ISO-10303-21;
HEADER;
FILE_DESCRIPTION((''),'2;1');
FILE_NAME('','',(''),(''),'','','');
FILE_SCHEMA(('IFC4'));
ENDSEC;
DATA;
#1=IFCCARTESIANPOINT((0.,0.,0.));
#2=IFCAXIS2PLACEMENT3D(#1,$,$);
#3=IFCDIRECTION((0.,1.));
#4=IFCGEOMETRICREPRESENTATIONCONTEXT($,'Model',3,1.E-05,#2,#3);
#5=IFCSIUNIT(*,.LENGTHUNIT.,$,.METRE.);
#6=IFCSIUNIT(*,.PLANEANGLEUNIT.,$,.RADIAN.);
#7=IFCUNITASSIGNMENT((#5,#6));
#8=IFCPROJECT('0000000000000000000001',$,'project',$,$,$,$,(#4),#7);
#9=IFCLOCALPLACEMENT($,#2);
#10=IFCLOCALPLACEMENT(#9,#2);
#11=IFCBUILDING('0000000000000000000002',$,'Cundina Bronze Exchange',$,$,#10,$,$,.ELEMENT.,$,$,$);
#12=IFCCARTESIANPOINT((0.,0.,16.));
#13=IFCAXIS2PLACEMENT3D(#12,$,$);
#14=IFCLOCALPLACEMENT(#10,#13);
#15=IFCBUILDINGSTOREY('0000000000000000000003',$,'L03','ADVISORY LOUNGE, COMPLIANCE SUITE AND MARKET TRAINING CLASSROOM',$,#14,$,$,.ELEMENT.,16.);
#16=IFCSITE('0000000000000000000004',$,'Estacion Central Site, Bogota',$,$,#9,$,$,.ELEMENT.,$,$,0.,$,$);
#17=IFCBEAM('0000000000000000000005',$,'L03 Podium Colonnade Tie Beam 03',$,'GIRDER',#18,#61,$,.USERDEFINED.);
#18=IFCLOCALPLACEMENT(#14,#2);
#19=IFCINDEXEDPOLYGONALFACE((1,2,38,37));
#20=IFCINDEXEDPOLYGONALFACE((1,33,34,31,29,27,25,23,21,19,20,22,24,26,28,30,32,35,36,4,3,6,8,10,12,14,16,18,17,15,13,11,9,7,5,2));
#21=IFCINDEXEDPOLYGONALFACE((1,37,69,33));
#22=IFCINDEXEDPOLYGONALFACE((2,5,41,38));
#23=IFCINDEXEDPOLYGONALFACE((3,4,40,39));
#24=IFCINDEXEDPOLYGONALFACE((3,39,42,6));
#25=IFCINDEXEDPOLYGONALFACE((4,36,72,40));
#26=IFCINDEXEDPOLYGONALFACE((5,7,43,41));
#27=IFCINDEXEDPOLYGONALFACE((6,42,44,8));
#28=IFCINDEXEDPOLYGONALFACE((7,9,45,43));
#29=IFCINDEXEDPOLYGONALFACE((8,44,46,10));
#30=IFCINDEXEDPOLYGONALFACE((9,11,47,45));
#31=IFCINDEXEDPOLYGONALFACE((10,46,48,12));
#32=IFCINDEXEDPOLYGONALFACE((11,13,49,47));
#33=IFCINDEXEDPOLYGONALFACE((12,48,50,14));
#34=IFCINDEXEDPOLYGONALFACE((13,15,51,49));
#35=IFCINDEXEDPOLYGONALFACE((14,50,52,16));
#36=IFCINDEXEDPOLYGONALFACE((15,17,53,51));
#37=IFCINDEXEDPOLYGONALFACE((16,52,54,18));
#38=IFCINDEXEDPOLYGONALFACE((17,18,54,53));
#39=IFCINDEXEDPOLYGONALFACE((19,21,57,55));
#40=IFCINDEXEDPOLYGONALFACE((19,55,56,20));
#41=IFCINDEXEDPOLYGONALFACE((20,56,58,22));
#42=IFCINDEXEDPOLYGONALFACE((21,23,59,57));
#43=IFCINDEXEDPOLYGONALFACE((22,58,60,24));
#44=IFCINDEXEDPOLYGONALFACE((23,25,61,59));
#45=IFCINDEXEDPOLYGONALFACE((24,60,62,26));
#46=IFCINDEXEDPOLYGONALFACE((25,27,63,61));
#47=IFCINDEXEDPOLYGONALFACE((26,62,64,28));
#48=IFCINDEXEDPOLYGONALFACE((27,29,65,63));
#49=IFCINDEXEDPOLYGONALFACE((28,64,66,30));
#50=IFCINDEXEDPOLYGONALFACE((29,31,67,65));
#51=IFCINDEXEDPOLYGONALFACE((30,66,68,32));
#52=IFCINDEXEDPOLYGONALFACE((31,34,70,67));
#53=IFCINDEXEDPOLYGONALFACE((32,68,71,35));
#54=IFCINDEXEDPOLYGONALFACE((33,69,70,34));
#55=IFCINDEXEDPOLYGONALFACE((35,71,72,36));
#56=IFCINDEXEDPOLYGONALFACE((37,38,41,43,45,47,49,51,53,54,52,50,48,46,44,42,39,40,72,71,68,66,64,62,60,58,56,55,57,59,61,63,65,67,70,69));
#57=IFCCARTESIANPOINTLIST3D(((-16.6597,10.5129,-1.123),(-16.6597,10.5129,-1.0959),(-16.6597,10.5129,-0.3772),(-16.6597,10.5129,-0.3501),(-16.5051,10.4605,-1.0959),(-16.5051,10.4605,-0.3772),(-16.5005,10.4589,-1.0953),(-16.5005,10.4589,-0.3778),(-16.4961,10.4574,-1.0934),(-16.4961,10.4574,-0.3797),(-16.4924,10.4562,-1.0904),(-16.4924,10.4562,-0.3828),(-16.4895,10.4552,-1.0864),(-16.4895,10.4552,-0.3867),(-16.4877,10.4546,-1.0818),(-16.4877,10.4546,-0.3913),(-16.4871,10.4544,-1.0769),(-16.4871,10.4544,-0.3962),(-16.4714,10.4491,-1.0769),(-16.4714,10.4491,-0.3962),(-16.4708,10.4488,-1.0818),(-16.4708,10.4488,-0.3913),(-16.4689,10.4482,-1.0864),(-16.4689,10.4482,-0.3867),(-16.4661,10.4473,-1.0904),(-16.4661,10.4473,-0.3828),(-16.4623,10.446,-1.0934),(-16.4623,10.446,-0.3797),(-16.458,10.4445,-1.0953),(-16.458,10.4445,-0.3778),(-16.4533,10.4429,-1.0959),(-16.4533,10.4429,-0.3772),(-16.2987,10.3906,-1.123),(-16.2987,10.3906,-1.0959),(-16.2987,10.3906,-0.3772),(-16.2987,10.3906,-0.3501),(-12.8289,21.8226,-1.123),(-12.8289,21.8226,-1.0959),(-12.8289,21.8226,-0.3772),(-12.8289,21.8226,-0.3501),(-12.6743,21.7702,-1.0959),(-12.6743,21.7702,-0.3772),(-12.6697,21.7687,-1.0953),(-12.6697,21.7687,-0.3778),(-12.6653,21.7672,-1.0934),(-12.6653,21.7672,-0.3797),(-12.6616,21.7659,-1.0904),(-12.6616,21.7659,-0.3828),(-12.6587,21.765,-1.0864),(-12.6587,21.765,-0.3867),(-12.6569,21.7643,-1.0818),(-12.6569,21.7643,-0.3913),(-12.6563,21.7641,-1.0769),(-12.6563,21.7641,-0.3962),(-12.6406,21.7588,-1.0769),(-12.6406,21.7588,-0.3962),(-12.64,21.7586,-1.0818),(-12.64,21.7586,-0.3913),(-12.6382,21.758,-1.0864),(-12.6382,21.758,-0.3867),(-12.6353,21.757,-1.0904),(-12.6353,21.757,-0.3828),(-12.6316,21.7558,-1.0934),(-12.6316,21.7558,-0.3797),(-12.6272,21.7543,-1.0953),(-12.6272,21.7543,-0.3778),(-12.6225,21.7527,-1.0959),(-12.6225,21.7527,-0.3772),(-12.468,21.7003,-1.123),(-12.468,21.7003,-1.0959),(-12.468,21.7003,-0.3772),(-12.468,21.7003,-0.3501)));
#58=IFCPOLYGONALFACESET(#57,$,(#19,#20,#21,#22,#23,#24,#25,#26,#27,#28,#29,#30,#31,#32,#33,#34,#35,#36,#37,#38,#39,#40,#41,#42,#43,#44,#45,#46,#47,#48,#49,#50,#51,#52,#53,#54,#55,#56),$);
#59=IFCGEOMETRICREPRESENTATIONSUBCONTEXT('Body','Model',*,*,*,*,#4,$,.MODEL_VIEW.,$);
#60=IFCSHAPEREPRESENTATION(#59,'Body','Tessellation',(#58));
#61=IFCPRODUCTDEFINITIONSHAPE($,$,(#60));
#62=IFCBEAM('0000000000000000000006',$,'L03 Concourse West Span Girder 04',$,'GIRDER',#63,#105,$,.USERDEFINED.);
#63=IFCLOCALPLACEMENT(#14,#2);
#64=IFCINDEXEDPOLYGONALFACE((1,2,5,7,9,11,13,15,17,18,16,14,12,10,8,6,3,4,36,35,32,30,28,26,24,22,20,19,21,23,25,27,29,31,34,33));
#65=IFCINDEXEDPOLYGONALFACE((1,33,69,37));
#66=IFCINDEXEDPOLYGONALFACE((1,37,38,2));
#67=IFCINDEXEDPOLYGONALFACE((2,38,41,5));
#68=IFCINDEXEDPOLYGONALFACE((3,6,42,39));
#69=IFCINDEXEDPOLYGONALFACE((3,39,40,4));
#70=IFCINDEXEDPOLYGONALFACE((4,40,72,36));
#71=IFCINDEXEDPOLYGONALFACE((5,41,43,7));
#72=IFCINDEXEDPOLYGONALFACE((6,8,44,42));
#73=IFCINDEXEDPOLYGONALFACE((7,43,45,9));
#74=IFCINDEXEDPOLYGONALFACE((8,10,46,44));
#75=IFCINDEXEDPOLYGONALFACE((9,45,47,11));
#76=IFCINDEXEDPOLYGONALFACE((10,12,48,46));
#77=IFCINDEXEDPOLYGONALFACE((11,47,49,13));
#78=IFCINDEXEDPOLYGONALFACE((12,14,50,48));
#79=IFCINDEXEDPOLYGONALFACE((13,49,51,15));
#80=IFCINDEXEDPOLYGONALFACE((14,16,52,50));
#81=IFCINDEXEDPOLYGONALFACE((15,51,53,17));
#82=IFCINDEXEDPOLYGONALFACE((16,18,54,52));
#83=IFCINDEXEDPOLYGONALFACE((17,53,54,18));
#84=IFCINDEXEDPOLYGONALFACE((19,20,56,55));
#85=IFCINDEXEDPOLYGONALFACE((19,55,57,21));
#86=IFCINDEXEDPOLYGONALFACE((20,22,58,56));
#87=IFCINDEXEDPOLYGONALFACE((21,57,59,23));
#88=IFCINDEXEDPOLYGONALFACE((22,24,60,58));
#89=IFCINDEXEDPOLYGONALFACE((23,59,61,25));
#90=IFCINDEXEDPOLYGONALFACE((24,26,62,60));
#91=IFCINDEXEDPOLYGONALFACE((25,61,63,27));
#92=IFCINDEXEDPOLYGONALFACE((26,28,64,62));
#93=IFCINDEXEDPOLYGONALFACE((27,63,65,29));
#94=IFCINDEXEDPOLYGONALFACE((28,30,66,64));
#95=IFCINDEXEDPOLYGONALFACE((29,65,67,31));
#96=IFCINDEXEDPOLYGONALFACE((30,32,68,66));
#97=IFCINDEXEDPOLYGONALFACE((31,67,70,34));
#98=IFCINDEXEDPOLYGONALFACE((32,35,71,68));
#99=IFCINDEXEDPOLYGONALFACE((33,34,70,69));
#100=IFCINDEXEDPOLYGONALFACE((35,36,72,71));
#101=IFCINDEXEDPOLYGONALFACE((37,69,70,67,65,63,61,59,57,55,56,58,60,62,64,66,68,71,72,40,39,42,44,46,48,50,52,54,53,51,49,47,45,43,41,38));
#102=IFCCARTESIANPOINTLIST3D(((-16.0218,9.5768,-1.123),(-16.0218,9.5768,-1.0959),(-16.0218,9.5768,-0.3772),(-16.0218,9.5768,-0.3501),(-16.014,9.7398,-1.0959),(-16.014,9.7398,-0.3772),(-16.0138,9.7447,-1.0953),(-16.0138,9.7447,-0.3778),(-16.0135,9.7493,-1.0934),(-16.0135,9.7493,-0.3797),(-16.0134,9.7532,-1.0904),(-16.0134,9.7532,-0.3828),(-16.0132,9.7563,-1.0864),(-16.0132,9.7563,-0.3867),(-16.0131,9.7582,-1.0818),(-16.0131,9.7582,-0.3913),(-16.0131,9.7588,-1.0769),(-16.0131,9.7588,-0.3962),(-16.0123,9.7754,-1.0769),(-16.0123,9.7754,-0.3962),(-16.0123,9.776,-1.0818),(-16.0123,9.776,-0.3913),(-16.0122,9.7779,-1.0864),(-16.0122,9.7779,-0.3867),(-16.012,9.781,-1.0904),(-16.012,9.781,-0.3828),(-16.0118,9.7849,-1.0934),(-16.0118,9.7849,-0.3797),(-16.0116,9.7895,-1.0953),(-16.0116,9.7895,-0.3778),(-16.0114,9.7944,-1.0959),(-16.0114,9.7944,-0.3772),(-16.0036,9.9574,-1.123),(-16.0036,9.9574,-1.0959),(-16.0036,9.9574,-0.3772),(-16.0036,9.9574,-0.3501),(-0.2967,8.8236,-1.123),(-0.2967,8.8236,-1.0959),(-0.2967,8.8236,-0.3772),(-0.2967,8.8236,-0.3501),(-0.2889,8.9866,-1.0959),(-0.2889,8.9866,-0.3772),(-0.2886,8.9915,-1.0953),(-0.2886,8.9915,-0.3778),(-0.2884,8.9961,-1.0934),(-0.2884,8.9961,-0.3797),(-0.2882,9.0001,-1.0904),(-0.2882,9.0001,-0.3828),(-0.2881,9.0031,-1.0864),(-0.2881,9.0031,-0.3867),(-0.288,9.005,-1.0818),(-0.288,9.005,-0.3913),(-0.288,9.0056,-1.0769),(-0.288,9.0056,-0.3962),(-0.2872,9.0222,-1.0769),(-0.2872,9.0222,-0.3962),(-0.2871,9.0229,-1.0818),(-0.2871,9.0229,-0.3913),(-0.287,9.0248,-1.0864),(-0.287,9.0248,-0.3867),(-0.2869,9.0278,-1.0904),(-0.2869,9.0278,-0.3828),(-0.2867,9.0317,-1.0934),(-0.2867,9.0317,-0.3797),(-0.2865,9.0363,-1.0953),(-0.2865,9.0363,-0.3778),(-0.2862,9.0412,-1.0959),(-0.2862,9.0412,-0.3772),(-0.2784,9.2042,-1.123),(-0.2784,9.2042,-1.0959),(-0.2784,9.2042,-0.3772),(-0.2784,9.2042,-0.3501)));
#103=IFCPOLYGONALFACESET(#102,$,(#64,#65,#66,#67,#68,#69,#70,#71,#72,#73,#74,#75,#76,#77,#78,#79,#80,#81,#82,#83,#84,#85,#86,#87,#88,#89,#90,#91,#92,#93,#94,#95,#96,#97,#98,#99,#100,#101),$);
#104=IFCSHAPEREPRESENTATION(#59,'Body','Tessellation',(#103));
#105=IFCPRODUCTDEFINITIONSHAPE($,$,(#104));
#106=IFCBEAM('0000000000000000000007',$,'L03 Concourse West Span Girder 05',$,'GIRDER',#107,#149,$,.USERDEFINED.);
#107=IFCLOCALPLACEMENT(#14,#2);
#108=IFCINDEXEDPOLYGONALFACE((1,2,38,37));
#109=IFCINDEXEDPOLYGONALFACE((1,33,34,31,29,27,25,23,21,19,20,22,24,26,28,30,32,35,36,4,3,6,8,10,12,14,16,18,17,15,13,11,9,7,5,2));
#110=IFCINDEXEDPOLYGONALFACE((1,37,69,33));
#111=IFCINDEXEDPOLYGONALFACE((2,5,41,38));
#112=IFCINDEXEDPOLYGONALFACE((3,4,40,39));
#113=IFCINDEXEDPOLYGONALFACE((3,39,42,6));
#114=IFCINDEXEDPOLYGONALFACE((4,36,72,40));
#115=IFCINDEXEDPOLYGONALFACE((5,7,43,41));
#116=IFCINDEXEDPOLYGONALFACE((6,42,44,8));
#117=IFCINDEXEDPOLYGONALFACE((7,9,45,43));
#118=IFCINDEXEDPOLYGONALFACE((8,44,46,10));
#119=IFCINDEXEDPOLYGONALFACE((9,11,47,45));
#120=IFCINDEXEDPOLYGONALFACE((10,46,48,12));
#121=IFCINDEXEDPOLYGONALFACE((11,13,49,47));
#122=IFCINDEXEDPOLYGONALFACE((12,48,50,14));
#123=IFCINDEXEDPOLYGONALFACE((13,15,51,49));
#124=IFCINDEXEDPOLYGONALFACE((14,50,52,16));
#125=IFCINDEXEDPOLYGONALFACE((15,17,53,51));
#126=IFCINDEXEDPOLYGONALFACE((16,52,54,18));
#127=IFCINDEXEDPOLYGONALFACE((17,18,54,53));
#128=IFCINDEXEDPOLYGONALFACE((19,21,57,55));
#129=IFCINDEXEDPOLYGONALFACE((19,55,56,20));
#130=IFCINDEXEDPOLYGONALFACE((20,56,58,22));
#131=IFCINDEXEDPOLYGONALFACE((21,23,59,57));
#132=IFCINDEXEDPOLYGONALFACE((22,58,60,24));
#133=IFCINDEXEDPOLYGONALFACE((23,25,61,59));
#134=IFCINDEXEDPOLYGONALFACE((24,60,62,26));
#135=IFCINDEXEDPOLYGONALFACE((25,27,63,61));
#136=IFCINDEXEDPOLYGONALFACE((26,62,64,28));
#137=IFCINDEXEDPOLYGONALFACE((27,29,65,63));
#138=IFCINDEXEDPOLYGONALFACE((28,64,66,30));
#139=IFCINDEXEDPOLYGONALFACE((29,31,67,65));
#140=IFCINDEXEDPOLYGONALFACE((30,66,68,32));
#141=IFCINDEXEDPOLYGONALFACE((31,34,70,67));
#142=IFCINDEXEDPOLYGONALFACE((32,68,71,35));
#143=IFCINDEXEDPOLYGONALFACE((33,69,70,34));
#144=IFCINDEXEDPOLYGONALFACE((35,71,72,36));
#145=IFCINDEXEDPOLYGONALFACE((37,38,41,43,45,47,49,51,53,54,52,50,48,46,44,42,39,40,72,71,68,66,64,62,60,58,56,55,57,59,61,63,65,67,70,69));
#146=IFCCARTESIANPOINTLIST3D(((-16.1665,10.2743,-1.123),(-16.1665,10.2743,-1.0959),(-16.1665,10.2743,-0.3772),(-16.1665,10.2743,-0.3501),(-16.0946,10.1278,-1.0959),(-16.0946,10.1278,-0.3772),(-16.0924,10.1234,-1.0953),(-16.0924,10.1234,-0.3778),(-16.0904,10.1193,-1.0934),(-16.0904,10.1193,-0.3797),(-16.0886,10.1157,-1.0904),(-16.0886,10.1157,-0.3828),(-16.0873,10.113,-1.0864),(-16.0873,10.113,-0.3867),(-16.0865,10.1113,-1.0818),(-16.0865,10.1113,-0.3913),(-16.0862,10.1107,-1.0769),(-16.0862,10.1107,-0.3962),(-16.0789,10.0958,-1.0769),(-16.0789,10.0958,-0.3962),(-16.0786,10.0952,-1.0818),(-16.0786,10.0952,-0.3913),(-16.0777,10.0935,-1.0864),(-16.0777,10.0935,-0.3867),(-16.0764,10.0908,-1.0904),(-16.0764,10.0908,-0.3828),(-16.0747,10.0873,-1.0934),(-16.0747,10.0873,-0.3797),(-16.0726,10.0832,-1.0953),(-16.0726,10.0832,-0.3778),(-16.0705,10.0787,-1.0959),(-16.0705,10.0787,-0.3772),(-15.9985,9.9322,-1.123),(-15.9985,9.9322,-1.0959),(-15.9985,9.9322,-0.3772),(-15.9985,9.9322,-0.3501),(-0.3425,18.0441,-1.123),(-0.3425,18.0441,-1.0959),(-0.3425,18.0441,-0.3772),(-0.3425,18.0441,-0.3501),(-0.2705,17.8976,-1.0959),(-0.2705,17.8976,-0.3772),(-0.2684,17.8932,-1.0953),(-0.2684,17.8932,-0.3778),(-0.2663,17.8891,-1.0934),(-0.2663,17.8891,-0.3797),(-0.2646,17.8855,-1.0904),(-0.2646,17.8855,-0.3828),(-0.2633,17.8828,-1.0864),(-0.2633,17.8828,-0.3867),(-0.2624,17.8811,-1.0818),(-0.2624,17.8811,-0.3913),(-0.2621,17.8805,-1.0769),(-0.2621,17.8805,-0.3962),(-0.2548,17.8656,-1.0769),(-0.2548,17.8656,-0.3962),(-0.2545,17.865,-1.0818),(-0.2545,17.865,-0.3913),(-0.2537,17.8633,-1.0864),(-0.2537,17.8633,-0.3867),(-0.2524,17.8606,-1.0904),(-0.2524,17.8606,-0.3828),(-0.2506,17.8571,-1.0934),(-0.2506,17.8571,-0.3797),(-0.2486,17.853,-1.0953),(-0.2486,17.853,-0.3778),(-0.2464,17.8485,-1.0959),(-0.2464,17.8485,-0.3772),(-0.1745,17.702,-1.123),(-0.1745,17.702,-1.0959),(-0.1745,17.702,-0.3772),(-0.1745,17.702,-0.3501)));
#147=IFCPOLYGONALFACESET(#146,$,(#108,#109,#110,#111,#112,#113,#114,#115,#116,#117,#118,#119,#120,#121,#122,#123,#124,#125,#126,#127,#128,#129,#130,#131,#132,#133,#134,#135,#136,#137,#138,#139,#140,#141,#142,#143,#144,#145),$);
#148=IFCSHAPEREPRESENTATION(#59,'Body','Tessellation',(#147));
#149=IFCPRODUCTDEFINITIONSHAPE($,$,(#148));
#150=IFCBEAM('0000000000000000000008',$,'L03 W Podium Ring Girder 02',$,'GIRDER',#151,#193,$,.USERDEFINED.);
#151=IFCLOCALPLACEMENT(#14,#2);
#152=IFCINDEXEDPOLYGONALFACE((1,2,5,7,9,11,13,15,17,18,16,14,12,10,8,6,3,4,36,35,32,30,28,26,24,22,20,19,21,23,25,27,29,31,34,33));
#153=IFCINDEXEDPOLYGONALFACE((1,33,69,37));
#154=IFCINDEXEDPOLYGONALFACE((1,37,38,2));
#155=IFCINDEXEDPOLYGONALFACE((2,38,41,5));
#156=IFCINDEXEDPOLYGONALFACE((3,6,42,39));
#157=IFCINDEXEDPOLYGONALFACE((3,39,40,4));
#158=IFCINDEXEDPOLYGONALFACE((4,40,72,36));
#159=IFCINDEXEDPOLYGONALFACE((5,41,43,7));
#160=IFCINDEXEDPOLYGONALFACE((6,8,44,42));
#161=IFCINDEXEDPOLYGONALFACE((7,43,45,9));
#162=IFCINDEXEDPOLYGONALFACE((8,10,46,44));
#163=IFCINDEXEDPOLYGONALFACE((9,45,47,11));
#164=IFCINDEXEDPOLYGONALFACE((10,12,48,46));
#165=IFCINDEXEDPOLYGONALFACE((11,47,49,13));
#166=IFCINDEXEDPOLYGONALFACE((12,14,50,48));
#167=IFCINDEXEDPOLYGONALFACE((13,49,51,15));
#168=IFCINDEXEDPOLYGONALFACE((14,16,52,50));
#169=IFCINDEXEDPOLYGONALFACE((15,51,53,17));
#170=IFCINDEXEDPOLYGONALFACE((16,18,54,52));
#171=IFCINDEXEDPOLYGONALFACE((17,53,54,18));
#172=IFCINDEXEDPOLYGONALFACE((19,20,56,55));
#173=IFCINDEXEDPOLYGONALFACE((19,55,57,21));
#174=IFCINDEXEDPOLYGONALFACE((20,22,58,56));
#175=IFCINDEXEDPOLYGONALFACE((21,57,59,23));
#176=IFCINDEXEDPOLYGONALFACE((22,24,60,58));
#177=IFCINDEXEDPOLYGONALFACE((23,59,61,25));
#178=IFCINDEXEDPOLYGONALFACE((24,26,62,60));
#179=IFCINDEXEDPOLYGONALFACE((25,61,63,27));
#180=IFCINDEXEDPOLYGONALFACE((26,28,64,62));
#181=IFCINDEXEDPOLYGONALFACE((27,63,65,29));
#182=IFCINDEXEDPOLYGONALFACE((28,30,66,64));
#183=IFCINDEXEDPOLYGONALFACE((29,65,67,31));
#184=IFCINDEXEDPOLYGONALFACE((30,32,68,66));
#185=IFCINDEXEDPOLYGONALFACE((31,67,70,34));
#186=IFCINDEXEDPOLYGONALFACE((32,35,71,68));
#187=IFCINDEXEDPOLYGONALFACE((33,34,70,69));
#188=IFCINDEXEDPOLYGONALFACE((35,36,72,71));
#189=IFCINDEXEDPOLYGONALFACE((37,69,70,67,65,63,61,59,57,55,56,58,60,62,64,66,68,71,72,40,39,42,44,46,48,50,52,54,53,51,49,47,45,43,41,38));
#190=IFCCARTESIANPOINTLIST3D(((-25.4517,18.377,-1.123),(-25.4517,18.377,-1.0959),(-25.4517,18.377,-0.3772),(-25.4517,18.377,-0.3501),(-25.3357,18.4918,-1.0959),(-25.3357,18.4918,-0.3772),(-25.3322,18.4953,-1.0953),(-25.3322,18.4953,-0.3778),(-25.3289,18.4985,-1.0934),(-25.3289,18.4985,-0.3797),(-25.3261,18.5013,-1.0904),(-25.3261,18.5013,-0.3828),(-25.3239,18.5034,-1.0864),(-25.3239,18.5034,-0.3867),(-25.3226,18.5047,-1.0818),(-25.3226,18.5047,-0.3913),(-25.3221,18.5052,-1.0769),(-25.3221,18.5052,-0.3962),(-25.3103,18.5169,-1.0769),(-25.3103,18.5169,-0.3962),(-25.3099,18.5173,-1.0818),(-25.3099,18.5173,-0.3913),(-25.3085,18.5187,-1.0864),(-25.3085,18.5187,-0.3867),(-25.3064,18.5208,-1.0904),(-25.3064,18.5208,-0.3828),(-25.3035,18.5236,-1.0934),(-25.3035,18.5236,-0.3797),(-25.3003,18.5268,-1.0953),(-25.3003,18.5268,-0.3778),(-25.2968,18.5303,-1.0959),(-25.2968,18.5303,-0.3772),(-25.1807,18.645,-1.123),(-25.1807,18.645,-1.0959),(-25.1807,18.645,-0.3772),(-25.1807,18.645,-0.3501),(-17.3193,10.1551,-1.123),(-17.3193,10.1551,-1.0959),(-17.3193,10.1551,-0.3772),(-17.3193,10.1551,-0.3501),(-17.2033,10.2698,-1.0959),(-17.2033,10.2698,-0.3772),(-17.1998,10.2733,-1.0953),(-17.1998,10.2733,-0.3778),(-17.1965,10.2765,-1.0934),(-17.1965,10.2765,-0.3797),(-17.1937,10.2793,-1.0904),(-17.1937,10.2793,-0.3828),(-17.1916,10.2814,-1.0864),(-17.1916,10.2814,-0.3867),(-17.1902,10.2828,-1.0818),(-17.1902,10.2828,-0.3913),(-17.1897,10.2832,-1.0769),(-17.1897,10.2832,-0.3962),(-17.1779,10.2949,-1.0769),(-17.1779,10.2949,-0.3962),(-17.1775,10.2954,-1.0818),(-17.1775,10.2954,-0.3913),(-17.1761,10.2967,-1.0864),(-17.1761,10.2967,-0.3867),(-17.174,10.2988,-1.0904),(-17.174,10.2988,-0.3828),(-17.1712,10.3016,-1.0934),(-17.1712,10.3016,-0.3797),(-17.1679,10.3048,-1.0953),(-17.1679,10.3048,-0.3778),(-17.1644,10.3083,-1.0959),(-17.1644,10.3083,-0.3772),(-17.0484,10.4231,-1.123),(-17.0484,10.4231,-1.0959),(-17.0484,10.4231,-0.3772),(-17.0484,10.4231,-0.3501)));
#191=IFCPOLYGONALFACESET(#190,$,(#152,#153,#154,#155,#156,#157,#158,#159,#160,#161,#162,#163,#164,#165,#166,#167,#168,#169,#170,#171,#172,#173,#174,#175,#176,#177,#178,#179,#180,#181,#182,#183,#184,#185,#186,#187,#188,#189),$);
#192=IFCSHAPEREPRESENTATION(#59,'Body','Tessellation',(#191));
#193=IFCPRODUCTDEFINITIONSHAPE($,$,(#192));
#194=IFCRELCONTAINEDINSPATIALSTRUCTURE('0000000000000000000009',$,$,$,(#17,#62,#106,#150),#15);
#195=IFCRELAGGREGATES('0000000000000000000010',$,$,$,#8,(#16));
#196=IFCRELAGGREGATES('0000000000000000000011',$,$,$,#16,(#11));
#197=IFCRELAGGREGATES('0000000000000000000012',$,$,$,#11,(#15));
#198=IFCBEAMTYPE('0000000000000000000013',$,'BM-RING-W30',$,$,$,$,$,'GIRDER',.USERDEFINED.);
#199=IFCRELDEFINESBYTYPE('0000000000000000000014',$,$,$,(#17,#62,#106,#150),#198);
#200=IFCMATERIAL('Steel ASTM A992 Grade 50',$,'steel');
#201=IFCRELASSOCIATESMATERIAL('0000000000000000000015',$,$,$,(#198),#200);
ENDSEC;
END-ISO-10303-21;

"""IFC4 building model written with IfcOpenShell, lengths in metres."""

from ifc_helpers import new_model, si_unit, direction, frame, origin, origin_2d, place, context, subcontext, project, spatial, i_section, extrude, material, material_profile, profile_set, type_object, element, save


model = new_model("IFC4")

# Units and contexts
model_context = context("Model", 3, precision=1e-05, world=origin(), true_north=direction((0.0, 1.0)))
body_context = subcontext(model_context, "Body", "Model", "MODEL_VIEW")
ifc_project = project(units=[si_unit("LENGTHUNIT", "METRE"), si_unit("PLANEANGLEUNIT", "RADIAN")], contexts=[model_context])

# Site, building, storey
site_placement = place(None, origin())
site = spatial("IfcSite", under=ifc_project, at=site_placement, Name="Estacion Central Site, Bogota", CompositionType="ELEMENT", RefElevation=0.0)
building_placement = place(site_placement, origin())
building = spatial("IfcBuilding", under=site, at=building_placement, Name="Cundina Bronze Exchange", CompositionType="ELEMENT")
storey_placement = place(building_placement, frame((0.0, 0.0, 16.0)))
storey = spatial("IfcBuildingStorey", under=building, at=storey_placement, Name="L03", Description="ADVISORY LOUNGE, COMPLIANCE SUITE AND MARKET TRAINING CLASSROOM", CompositionType="ELEMENT", Elevation=16.0)

# Shared definitions
ifc_material_1 = material(Name="Steel ASTM A992 Grade 50", Category="steel")

# Beams
ifc_material_profile_1 = material_profile(ifc_material_1, i_section(OverallWidth=0.3811, OverallDepth=0.7729, WebThickness=0.0166, FlangeThickness=0.0271, FilletRadius=0.019, at=origin_2d()), Name="W30X173", Category="steel")
ifc_profile_set_1 = profile_set([ifc_material_profile_1], Name="Steel ASTM A992 Grade 50")
beam_type_1 = type_object("IfcBeamType", Name="BM-RING-W30", ElementType="GIRDER", PredefinedType="USERDEFINED", material=ifc_profile_set_1)
beam_1_placement = place(storey_placement, frame((-12.6484, 21.7615, -0.7366), z_axis=(-0.320812, -0.947143, 0.0), x_axis=(0.947143, -0.320812, 0.0)))
element("IfcBeam", 1, at=beam_1_placement, inside=storey, type_object=beam_type_1, Name="L03 Podium Colonnade Tie Beam 03", ObjectType="GIRDER", PredefinedType="USERDEFINED", context=body_context, shape_type="SweptSolid", body=[
    extrude(i_section(OverallWidth=0.3811, OverallDepth=0.7729, WebThickness=0.0166, FlangeThickness=0.0271, FilletRadius=0.019, at=origin_2d()), origin(), (0.0, 0.0, 1.0), 11.9409),
])
beam_2_placement = place(storey_placement, frame((-16.0127, 9.7671, -0.7366), z_axis=(0.998855, -0.047841, 0.0), x_axis=(0.047841, 0.998855, 0.0)))
element("IfcBeam", 2, at=beam_2_placement, inside=storey, type_object=beam_type_1, Name="L03 Concourse West Span Girder 04", ObjectType="GIRDER", PredefinedType="USERDEFINED", context=body_context, shape_type="SweptSolid", body=[
    extrude(i_section(OverallWidth=0.3811, OverallDepth=0.7729, WebThickness=0.0166, FlangeThickness=0.0271, FilletRadius=0.019, at=origin_2d()), origin(), (0.0, 0.0, 1.0), 15.7432),
])
beam_3_placement = place(storey_placement, frame((-16.0825, 10.1033, -0.7366), z_axis=(0.897631, 0.440748, 0.0), x_axis=(-0.440748, 0.897631, 0.0)))
element("IfcBeam", 3, at=beam_3_placement, inside=storey, type_object=beam_type_1, Name="L03 Concourse West Span Girder 05", ObjectType="GIRDER", PredefinedType="USERDEFINED", context=body_context, shape_type="SweptSolid", body=[
    extrude(i_section(OverallWidth=0.3811, OverallDepth=0.7729, WebThickness=0.0166, FlangeThickness=0.0271, FilletRadius=0.019, at=origin_2d()), origin(), (0.0, 0.0, 1.0), 17.6287),
])
beam_4_placement = place(storey_placement, frame((-17.1838, 10.2891, -0.7366), z_axis=(-0.703222, 0.71097, 0.0), x_axis=(-0.71097, -0.703222, 0.0)))
element("IfcBeam", 4, at=beam_4_placement, inside=storey, type_object=beam_type_1, Name="L03 W Podium Ring Girder 02", ObjectType="GIRDER", PredefinedType="USERDEFINED", context=body_context, shape_type="SweptSolid", body=[
    extrude(i_section(OverallWidth=0.3811, OverallDepth=0.7729, WebThickness=0.0166, FlangeThickness=0.0271, FilletRadius=0.019, at=origin_2d()), origin(), (0.0, 0.0, 1.0), 11.5645),
])

save(model, "model.ifc")
